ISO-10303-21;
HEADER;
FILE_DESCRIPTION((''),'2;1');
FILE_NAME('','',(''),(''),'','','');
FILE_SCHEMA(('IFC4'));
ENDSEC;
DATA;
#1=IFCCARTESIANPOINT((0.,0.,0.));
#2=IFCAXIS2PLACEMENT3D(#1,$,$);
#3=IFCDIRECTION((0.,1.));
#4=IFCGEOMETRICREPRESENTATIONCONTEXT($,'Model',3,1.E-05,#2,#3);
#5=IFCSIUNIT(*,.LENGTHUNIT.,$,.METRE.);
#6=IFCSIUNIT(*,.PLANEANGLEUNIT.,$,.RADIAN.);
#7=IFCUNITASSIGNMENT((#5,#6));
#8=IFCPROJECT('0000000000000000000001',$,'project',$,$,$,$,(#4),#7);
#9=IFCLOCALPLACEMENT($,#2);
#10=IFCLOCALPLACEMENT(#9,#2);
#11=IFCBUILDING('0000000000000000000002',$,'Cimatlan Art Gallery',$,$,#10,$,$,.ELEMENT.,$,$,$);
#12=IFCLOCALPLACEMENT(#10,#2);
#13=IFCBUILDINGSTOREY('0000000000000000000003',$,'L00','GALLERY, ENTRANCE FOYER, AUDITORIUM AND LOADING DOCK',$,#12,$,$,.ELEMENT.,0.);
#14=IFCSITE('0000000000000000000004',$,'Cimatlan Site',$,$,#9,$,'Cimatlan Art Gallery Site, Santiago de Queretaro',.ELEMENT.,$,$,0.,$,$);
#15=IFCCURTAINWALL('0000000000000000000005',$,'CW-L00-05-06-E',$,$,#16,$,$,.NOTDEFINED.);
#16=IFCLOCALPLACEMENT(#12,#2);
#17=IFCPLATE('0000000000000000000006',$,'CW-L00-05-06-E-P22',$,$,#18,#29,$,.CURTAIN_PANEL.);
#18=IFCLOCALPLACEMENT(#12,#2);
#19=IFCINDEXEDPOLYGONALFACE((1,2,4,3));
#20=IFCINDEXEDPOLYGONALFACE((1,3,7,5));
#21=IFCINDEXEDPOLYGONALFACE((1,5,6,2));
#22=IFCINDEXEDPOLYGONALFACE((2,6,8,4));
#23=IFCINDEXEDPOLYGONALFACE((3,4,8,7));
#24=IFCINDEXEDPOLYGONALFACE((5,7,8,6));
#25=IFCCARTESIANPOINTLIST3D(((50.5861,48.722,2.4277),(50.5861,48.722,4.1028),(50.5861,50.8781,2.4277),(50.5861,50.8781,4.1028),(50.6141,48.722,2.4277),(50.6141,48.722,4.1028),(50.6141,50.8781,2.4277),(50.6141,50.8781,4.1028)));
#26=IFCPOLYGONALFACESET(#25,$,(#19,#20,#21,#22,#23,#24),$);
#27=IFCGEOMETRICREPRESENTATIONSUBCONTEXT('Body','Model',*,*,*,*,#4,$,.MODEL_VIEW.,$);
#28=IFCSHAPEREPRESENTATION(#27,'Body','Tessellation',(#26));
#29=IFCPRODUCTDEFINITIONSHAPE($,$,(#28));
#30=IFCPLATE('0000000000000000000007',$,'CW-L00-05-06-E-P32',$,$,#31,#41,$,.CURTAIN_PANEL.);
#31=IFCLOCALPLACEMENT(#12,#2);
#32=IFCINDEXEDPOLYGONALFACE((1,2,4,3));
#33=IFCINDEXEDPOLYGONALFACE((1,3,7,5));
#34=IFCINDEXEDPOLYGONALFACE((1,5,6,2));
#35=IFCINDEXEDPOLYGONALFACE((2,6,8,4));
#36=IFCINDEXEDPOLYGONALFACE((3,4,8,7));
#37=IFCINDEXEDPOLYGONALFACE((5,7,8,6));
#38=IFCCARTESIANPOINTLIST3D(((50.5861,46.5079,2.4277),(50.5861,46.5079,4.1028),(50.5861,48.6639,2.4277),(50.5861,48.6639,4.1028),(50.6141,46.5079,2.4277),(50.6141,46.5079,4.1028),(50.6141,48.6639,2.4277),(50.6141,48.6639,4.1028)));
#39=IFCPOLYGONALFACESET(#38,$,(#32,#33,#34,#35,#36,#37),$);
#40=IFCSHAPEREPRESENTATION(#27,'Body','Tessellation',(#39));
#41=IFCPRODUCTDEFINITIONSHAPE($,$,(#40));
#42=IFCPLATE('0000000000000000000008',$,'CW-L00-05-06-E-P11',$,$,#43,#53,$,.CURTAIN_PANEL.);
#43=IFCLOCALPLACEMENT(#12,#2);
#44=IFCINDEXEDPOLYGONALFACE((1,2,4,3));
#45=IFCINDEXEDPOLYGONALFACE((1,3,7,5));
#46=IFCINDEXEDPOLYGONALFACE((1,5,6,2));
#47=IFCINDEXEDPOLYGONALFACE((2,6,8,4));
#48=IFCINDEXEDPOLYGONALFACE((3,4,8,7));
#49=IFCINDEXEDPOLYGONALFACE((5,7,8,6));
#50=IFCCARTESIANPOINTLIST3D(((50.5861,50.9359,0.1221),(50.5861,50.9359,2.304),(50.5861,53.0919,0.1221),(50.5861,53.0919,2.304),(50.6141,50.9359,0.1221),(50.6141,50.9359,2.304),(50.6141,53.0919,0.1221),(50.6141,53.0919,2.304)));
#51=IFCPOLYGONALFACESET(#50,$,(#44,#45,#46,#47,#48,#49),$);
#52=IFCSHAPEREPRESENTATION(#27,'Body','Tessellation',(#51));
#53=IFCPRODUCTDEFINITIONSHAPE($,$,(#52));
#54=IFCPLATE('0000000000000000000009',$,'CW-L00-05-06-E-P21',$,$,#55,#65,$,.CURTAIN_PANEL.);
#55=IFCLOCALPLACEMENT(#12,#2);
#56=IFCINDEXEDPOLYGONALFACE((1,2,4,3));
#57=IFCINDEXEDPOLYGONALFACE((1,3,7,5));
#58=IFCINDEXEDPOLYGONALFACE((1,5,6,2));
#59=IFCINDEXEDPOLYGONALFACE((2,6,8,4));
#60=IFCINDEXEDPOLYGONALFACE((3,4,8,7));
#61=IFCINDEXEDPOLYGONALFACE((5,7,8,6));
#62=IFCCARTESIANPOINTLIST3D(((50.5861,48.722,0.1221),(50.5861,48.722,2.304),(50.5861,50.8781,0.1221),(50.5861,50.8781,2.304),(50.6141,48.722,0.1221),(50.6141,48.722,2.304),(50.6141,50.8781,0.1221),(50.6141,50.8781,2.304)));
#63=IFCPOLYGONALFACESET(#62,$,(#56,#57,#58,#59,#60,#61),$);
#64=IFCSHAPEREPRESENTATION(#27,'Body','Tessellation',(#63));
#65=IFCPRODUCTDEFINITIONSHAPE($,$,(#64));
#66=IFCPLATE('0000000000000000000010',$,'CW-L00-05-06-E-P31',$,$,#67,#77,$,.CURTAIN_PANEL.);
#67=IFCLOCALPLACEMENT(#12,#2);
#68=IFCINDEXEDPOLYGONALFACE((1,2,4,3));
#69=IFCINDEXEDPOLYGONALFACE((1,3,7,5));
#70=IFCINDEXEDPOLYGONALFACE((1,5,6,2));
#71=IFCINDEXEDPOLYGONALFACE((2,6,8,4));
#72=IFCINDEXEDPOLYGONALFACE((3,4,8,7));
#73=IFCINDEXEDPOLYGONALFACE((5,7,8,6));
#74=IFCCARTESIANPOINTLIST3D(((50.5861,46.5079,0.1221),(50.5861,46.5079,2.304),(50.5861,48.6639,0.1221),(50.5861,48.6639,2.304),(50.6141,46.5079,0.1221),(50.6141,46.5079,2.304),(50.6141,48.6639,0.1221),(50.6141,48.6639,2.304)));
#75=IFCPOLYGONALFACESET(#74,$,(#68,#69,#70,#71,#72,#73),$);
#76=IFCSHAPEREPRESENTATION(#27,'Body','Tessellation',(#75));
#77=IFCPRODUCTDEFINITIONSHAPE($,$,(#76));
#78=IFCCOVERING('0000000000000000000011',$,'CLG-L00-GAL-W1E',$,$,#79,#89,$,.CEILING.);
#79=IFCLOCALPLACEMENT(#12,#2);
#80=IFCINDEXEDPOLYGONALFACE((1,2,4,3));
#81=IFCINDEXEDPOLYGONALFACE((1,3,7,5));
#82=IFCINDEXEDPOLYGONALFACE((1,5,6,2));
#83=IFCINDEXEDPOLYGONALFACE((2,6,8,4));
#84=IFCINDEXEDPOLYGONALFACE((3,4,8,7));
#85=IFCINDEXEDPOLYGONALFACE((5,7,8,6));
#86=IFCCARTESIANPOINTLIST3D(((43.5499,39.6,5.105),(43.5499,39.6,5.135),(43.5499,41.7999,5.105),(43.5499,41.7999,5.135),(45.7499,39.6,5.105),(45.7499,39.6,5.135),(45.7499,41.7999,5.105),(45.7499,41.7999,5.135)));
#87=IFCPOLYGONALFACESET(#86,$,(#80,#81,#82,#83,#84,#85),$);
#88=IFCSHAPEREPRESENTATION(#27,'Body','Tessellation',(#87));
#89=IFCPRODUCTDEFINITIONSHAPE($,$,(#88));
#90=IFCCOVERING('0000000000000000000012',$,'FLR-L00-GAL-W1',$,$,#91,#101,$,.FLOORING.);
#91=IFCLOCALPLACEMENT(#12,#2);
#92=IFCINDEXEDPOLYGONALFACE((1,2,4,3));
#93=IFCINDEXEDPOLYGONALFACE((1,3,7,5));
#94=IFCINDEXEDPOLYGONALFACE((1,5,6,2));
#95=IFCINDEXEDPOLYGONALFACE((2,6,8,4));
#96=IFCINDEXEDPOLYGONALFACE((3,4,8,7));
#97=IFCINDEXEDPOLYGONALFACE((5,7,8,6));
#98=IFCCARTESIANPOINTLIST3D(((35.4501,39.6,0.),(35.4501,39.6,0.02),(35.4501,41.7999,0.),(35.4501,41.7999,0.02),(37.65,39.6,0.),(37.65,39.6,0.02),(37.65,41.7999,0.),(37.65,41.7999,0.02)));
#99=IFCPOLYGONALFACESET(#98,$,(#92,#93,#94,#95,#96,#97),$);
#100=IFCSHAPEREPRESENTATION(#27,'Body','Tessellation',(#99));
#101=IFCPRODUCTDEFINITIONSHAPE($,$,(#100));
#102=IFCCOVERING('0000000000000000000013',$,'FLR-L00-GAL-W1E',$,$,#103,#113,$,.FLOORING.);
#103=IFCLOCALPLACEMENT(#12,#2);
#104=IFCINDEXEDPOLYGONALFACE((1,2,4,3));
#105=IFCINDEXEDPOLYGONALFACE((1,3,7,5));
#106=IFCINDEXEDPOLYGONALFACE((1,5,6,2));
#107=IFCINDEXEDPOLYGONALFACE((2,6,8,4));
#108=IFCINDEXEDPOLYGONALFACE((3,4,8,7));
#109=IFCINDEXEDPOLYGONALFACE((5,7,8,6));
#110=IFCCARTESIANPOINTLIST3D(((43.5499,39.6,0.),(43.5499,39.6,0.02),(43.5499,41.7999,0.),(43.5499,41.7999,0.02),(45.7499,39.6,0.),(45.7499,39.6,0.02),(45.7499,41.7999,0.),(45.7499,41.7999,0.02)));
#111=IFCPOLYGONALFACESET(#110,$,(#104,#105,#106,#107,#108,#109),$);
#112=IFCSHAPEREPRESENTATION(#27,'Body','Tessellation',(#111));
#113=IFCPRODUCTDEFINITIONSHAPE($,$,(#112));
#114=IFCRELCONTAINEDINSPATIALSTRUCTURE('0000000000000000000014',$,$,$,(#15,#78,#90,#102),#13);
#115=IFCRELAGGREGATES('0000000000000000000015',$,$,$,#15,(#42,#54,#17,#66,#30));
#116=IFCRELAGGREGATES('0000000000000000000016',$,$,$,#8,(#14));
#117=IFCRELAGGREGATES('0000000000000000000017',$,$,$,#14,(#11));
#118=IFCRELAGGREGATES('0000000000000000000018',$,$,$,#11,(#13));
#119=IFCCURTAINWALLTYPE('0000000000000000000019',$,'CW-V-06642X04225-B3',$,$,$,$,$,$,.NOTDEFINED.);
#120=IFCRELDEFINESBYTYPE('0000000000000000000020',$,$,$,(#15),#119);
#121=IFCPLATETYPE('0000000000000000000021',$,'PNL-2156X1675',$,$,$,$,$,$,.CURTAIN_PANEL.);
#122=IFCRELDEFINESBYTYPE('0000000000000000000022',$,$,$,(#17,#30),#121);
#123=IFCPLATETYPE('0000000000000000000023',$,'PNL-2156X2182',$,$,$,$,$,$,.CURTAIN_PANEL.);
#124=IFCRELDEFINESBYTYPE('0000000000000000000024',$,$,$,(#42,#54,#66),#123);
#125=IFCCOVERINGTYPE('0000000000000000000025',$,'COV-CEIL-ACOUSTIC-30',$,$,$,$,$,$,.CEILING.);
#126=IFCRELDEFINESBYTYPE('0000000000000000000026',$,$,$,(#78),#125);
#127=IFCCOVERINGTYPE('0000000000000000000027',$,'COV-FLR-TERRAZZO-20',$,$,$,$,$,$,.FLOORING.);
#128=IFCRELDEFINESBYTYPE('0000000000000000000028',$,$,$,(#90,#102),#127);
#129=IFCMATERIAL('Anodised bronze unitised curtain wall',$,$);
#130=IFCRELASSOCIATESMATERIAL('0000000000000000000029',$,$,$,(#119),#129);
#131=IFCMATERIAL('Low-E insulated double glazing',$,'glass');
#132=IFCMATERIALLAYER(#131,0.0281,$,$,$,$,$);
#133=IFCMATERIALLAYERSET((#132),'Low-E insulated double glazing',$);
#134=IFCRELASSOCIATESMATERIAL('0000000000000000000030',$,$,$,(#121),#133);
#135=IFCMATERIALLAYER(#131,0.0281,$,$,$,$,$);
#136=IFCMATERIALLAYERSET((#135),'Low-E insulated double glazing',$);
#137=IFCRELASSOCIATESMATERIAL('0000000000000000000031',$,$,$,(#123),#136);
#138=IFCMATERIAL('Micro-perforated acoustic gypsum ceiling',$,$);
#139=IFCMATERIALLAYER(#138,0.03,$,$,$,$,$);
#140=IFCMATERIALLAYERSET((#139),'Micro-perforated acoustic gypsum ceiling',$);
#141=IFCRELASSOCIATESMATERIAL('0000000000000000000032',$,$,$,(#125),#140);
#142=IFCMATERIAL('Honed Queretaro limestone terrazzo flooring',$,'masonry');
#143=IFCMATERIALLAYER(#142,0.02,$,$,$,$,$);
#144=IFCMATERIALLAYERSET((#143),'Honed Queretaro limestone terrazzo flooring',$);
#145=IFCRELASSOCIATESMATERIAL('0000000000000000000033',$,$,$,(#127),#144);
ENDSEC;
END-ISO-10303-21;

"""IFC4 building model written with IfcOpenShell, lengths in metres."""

from ifc_helpers import new_model, si_unit, direction, frame, origin, origin_2d, place, context, subcontext, project, spatial, rectangle, extrude, material, layer, layer_set, type_object, element, aggregate, save


model = new_model("IFC4")

# Units and contexts
model_context = context("Model", 3, precision=1e-05, world=origin(), true_north=direction((0.0, 1.0)))
body_context = subcontext(model_context, "Body", "Model", "MODEL_VIEW")
ifc_project = project(units=[si_unit("LENGTHUNIT", "METRE"), si_unit("PLANEANGLEUNIT", "RADIAN")], contexts=[model_context])

# Site, building, storey
site_placement = place(None, origin())
site = spatial("IfcSite", under=ifc_project, at=site_placement, Name="Cimatlan Site", LongName="Cimatlan Art Gallery Site, Santiago de Queretaro", CompositionType="ELEMENT", RefElevation=0.0)
building_placement = place(site_placement, origin())
building = spatial("IfcBuilding", under=site, at=building_placement, Name="Cimatlan Art Gallery", CompositionType="ELEMENT")
storey_placement = place(building_placement, origin())
storey = spatial("IfcBuildingStorey", under=building, at=storey_placement, Name="L00", Description="GALLERY, ENTRANCE FOYER, AUDITORIUM AND LOADING DOCK", CompositionType="ELEMENT", Elevation=0.0)

# Curtain wall, plates
ifc_material_1 = material(Name="Anodised bronze unitised curtain wall")
curtain_wall_type = type_object("IfcCurtainWallType", Name="CW-V-06642X04225-B3", PredefinedType="NOTDEFINED", material=ifc_material_1)
curtain_wall_placement = place(storey_placement, origin())
curtain_wall = element("IfcCurtainWall", 1, at=curtain_wall_placement, inside=storey, type_object=curtain_wall_type, Name="CW-L00-05-06-E", PredefinedType="NOTDEFINED")
ifc_material_2 = material(Name="Low-E insulated double glazing", Category="glass")
ifc_layer_1 = layer(ifc_material_2, 0.0281)
ifc_layer_set_1 = layer_set([ifc_layer_1], Name="Low-E insulated double glazing")
plate_type_1 = type_object("IfcPlateType", Name="PNL-2156X1675", PredefinedType="CURTAIN_PANEL", material=ifc_layer_set_1)
plate_1_placement = place(storey_placement, frame((50.6001, 49.8, 2.4277), z_axis=(0.0, 0.0, 1.0), x_axis=(0.0, -1.0, 0.0)))
plate_1 = element("IfcPlate", 2, at=plate_1_placement, type_object=plate_type_1, Name="CW-L00-05-06-E-P22", PredefinedType="CURTAIN_PANEL", context=body_context, shape_type="SweptSolid", body=[
    extrude(rectangle(XDim=2.156, YDim=0.0281, at=origin_2d()), origin(), (0.0, 0.0, 1.0), 1.675),
])
plate_2_placement = place(storey_placement, frame((50.6001, 47.5859, 2.4277), z_axis=(0.0, 0.0, 1.0), x_axis=(0.0, -1.0, 0.0)))
plate_2 = element("IfcPlate", 3, at=plate_2_placement, type_object=plate_type_1, Name="CW-L00-05-06-E-P32", PredefinedType="CURTAIN_PANEL", context=body_context, shape_type="SweptSolid", body=[
    extrude(rectangle(XDim=2.156, YDim=0.0281, at=origin_2d()), origin(), (0.0, 0.0, 1.0), 1.675),
])
ifc_layer_2 = layer(ifc_material_2, 0.0281)
ifc_layer_set_2 = layer_set([ifc_layer_2], Name="Low-E insulated double glazing")
plate_type_2 = type_object("IfcPlateType", Name="PNL-2156X2182", PredefinedType="CURTAIN_PANEL", material=ifc_layer_set_2)
plate_3_placement = place(storey_placement, frame((50.6001, 52.0139, 0.1221), z_axis=(0.0, 0.0, 1.0), x_axis=(0.0, -1.0, 0.0)))
plate_3 = element("IfcPlate", 4, at=plate_3_placement, type_object=plate_type_2, Name="CW-L00-05-06-E-P11", PredefinedType="CURTAIN_PANEL", context=body_context, shape_type="SweptSolid", body=[
    extrude(rectangle(XDim=2.156, YDim=0.0281, at=origin_2d()), origin(), (0.0, 0.0, 1.0), 2.1819),
])
plate_4_placement = place(storey_placement, frame((50.6001, 49.8, 0.1221), z_axis=(0.0, 0.0, 1.0), x_axis=(0.0, -1.0, 0.0)))
plate_4 = element("IfcPlate", 5, at=plate_4_placement, type_object=plate_type_2, Name="CW-L00-05-06-E-P21", PredefinedType="CURTAIN_PANEL", context=body_context, shape_type="SweptSolid", body=[
    extrude(rectangle(XDim=2.156, YDim=0.0281, at=origin_2d()), origin(), (0.0, 0.0, 1.0), 2.1819),
])
plate_5_placement = place(storey_placement, frame((50.6001, 47.5859, 0.1221), z_axis=(0.0, 0.0, 1.0), x_axis=(0.0, -1.0, 0.0)))
plate_5 = element("IfcPlate", 6, at=plate_5_placement, type_object=plate_type_2, Name="CW-L00-05-06-E-P31", PredefinedType="CURTAIN_PANEL", context=body_context, shape_type="SweptSolid", body=[
    extrude(rectangle(XDim=2.156, YDim=0.0281, at=origin_2d()), origin(), (0.0, 0.0, 1.0), 2.1819),
])
aggregate(curtain_wall, [plate_3, plate_4, plate_1, plate_5, plate_2])

# Coverings
ifc_material_3 = material(Name="Micro-perforated acoustic gypsum ceiling")
ifc_layer_3 = layer(ifc_material_3, 0.03)
ifc_layer_set_3 = layer_set([ifc_layer_3], Name="Micro-perforated acoustic gypsum ceiling")
covering_type_1 = type_object("IfcCoveringType", Name="COV-CEIL-ACOUSTIC-30", PredefinedType="CEILING", material=ifc_layer_set_3)
covering_placement = place(storey_placement, frame((44.6499, 40.7, 5.105), z_axis=(0.0, 0.0, 1.0), x_axis=(1.0, 0.0, 0.0)))
element("IfcCovering", 7, at=covering_placement, inside=storey, type_object=covering_type_1, Name="CLG-L00-GAL-W1E", PredefinedType="CEILING", context=body_context, shape_type="SweptSolid", body=[
    extrude(rectangle(XDim=2.2, YDim=2.2, at=origin_2d()), origin(), (0.0, 0.0, 1.0), 0.03),
])
ifc_material_4 = material(Name="Honed Queretaro limestone terrazzo flooring", Category="masonry")
ifc_layer_4 = layer(ifc_material_4, 0.02)
ifc_layer_set_4 = layer_set([ifc_layer_4], Name="Honed Queretaro limestone terrazzo flooring")
covering_type_2 = type_object("IfcCoveringType", Name="COV-FLR-TERRAZZO-20", PredefinedType="FLOORING", material=ifc_layer_set_4)
for number, where, z_axis, x_axis, name in (
    (8, (36.55, 40.7, 0.0), (0.0, 0.0, 1.0), (1.0, 0.0, 0.0), "FLR-L00-GAL-W1"),
    (9, (44.6499, 40.7, 0.0), (0.0, 0.0, 1.0), (1.0, 0.0, 0.0), "FLR-L00-GAL-W1E"),
):
    element("IfcCovering", number, at=place(storey_placement, frame(where, z_axis=z_axis, x_axis=x_axis)), inside=storey, type_object=covering_type_2, Name=name, PredefinedType="FLOORING", context=body_context, shape_type="SweptSolid", body=[
        extrude(rectangle(XDim=2.2, YDim=2.2, at=origin_2d()), origin(), (0.0, 0.0, 1.0), 0.02),
    ])

save(model, "model.ifc")
